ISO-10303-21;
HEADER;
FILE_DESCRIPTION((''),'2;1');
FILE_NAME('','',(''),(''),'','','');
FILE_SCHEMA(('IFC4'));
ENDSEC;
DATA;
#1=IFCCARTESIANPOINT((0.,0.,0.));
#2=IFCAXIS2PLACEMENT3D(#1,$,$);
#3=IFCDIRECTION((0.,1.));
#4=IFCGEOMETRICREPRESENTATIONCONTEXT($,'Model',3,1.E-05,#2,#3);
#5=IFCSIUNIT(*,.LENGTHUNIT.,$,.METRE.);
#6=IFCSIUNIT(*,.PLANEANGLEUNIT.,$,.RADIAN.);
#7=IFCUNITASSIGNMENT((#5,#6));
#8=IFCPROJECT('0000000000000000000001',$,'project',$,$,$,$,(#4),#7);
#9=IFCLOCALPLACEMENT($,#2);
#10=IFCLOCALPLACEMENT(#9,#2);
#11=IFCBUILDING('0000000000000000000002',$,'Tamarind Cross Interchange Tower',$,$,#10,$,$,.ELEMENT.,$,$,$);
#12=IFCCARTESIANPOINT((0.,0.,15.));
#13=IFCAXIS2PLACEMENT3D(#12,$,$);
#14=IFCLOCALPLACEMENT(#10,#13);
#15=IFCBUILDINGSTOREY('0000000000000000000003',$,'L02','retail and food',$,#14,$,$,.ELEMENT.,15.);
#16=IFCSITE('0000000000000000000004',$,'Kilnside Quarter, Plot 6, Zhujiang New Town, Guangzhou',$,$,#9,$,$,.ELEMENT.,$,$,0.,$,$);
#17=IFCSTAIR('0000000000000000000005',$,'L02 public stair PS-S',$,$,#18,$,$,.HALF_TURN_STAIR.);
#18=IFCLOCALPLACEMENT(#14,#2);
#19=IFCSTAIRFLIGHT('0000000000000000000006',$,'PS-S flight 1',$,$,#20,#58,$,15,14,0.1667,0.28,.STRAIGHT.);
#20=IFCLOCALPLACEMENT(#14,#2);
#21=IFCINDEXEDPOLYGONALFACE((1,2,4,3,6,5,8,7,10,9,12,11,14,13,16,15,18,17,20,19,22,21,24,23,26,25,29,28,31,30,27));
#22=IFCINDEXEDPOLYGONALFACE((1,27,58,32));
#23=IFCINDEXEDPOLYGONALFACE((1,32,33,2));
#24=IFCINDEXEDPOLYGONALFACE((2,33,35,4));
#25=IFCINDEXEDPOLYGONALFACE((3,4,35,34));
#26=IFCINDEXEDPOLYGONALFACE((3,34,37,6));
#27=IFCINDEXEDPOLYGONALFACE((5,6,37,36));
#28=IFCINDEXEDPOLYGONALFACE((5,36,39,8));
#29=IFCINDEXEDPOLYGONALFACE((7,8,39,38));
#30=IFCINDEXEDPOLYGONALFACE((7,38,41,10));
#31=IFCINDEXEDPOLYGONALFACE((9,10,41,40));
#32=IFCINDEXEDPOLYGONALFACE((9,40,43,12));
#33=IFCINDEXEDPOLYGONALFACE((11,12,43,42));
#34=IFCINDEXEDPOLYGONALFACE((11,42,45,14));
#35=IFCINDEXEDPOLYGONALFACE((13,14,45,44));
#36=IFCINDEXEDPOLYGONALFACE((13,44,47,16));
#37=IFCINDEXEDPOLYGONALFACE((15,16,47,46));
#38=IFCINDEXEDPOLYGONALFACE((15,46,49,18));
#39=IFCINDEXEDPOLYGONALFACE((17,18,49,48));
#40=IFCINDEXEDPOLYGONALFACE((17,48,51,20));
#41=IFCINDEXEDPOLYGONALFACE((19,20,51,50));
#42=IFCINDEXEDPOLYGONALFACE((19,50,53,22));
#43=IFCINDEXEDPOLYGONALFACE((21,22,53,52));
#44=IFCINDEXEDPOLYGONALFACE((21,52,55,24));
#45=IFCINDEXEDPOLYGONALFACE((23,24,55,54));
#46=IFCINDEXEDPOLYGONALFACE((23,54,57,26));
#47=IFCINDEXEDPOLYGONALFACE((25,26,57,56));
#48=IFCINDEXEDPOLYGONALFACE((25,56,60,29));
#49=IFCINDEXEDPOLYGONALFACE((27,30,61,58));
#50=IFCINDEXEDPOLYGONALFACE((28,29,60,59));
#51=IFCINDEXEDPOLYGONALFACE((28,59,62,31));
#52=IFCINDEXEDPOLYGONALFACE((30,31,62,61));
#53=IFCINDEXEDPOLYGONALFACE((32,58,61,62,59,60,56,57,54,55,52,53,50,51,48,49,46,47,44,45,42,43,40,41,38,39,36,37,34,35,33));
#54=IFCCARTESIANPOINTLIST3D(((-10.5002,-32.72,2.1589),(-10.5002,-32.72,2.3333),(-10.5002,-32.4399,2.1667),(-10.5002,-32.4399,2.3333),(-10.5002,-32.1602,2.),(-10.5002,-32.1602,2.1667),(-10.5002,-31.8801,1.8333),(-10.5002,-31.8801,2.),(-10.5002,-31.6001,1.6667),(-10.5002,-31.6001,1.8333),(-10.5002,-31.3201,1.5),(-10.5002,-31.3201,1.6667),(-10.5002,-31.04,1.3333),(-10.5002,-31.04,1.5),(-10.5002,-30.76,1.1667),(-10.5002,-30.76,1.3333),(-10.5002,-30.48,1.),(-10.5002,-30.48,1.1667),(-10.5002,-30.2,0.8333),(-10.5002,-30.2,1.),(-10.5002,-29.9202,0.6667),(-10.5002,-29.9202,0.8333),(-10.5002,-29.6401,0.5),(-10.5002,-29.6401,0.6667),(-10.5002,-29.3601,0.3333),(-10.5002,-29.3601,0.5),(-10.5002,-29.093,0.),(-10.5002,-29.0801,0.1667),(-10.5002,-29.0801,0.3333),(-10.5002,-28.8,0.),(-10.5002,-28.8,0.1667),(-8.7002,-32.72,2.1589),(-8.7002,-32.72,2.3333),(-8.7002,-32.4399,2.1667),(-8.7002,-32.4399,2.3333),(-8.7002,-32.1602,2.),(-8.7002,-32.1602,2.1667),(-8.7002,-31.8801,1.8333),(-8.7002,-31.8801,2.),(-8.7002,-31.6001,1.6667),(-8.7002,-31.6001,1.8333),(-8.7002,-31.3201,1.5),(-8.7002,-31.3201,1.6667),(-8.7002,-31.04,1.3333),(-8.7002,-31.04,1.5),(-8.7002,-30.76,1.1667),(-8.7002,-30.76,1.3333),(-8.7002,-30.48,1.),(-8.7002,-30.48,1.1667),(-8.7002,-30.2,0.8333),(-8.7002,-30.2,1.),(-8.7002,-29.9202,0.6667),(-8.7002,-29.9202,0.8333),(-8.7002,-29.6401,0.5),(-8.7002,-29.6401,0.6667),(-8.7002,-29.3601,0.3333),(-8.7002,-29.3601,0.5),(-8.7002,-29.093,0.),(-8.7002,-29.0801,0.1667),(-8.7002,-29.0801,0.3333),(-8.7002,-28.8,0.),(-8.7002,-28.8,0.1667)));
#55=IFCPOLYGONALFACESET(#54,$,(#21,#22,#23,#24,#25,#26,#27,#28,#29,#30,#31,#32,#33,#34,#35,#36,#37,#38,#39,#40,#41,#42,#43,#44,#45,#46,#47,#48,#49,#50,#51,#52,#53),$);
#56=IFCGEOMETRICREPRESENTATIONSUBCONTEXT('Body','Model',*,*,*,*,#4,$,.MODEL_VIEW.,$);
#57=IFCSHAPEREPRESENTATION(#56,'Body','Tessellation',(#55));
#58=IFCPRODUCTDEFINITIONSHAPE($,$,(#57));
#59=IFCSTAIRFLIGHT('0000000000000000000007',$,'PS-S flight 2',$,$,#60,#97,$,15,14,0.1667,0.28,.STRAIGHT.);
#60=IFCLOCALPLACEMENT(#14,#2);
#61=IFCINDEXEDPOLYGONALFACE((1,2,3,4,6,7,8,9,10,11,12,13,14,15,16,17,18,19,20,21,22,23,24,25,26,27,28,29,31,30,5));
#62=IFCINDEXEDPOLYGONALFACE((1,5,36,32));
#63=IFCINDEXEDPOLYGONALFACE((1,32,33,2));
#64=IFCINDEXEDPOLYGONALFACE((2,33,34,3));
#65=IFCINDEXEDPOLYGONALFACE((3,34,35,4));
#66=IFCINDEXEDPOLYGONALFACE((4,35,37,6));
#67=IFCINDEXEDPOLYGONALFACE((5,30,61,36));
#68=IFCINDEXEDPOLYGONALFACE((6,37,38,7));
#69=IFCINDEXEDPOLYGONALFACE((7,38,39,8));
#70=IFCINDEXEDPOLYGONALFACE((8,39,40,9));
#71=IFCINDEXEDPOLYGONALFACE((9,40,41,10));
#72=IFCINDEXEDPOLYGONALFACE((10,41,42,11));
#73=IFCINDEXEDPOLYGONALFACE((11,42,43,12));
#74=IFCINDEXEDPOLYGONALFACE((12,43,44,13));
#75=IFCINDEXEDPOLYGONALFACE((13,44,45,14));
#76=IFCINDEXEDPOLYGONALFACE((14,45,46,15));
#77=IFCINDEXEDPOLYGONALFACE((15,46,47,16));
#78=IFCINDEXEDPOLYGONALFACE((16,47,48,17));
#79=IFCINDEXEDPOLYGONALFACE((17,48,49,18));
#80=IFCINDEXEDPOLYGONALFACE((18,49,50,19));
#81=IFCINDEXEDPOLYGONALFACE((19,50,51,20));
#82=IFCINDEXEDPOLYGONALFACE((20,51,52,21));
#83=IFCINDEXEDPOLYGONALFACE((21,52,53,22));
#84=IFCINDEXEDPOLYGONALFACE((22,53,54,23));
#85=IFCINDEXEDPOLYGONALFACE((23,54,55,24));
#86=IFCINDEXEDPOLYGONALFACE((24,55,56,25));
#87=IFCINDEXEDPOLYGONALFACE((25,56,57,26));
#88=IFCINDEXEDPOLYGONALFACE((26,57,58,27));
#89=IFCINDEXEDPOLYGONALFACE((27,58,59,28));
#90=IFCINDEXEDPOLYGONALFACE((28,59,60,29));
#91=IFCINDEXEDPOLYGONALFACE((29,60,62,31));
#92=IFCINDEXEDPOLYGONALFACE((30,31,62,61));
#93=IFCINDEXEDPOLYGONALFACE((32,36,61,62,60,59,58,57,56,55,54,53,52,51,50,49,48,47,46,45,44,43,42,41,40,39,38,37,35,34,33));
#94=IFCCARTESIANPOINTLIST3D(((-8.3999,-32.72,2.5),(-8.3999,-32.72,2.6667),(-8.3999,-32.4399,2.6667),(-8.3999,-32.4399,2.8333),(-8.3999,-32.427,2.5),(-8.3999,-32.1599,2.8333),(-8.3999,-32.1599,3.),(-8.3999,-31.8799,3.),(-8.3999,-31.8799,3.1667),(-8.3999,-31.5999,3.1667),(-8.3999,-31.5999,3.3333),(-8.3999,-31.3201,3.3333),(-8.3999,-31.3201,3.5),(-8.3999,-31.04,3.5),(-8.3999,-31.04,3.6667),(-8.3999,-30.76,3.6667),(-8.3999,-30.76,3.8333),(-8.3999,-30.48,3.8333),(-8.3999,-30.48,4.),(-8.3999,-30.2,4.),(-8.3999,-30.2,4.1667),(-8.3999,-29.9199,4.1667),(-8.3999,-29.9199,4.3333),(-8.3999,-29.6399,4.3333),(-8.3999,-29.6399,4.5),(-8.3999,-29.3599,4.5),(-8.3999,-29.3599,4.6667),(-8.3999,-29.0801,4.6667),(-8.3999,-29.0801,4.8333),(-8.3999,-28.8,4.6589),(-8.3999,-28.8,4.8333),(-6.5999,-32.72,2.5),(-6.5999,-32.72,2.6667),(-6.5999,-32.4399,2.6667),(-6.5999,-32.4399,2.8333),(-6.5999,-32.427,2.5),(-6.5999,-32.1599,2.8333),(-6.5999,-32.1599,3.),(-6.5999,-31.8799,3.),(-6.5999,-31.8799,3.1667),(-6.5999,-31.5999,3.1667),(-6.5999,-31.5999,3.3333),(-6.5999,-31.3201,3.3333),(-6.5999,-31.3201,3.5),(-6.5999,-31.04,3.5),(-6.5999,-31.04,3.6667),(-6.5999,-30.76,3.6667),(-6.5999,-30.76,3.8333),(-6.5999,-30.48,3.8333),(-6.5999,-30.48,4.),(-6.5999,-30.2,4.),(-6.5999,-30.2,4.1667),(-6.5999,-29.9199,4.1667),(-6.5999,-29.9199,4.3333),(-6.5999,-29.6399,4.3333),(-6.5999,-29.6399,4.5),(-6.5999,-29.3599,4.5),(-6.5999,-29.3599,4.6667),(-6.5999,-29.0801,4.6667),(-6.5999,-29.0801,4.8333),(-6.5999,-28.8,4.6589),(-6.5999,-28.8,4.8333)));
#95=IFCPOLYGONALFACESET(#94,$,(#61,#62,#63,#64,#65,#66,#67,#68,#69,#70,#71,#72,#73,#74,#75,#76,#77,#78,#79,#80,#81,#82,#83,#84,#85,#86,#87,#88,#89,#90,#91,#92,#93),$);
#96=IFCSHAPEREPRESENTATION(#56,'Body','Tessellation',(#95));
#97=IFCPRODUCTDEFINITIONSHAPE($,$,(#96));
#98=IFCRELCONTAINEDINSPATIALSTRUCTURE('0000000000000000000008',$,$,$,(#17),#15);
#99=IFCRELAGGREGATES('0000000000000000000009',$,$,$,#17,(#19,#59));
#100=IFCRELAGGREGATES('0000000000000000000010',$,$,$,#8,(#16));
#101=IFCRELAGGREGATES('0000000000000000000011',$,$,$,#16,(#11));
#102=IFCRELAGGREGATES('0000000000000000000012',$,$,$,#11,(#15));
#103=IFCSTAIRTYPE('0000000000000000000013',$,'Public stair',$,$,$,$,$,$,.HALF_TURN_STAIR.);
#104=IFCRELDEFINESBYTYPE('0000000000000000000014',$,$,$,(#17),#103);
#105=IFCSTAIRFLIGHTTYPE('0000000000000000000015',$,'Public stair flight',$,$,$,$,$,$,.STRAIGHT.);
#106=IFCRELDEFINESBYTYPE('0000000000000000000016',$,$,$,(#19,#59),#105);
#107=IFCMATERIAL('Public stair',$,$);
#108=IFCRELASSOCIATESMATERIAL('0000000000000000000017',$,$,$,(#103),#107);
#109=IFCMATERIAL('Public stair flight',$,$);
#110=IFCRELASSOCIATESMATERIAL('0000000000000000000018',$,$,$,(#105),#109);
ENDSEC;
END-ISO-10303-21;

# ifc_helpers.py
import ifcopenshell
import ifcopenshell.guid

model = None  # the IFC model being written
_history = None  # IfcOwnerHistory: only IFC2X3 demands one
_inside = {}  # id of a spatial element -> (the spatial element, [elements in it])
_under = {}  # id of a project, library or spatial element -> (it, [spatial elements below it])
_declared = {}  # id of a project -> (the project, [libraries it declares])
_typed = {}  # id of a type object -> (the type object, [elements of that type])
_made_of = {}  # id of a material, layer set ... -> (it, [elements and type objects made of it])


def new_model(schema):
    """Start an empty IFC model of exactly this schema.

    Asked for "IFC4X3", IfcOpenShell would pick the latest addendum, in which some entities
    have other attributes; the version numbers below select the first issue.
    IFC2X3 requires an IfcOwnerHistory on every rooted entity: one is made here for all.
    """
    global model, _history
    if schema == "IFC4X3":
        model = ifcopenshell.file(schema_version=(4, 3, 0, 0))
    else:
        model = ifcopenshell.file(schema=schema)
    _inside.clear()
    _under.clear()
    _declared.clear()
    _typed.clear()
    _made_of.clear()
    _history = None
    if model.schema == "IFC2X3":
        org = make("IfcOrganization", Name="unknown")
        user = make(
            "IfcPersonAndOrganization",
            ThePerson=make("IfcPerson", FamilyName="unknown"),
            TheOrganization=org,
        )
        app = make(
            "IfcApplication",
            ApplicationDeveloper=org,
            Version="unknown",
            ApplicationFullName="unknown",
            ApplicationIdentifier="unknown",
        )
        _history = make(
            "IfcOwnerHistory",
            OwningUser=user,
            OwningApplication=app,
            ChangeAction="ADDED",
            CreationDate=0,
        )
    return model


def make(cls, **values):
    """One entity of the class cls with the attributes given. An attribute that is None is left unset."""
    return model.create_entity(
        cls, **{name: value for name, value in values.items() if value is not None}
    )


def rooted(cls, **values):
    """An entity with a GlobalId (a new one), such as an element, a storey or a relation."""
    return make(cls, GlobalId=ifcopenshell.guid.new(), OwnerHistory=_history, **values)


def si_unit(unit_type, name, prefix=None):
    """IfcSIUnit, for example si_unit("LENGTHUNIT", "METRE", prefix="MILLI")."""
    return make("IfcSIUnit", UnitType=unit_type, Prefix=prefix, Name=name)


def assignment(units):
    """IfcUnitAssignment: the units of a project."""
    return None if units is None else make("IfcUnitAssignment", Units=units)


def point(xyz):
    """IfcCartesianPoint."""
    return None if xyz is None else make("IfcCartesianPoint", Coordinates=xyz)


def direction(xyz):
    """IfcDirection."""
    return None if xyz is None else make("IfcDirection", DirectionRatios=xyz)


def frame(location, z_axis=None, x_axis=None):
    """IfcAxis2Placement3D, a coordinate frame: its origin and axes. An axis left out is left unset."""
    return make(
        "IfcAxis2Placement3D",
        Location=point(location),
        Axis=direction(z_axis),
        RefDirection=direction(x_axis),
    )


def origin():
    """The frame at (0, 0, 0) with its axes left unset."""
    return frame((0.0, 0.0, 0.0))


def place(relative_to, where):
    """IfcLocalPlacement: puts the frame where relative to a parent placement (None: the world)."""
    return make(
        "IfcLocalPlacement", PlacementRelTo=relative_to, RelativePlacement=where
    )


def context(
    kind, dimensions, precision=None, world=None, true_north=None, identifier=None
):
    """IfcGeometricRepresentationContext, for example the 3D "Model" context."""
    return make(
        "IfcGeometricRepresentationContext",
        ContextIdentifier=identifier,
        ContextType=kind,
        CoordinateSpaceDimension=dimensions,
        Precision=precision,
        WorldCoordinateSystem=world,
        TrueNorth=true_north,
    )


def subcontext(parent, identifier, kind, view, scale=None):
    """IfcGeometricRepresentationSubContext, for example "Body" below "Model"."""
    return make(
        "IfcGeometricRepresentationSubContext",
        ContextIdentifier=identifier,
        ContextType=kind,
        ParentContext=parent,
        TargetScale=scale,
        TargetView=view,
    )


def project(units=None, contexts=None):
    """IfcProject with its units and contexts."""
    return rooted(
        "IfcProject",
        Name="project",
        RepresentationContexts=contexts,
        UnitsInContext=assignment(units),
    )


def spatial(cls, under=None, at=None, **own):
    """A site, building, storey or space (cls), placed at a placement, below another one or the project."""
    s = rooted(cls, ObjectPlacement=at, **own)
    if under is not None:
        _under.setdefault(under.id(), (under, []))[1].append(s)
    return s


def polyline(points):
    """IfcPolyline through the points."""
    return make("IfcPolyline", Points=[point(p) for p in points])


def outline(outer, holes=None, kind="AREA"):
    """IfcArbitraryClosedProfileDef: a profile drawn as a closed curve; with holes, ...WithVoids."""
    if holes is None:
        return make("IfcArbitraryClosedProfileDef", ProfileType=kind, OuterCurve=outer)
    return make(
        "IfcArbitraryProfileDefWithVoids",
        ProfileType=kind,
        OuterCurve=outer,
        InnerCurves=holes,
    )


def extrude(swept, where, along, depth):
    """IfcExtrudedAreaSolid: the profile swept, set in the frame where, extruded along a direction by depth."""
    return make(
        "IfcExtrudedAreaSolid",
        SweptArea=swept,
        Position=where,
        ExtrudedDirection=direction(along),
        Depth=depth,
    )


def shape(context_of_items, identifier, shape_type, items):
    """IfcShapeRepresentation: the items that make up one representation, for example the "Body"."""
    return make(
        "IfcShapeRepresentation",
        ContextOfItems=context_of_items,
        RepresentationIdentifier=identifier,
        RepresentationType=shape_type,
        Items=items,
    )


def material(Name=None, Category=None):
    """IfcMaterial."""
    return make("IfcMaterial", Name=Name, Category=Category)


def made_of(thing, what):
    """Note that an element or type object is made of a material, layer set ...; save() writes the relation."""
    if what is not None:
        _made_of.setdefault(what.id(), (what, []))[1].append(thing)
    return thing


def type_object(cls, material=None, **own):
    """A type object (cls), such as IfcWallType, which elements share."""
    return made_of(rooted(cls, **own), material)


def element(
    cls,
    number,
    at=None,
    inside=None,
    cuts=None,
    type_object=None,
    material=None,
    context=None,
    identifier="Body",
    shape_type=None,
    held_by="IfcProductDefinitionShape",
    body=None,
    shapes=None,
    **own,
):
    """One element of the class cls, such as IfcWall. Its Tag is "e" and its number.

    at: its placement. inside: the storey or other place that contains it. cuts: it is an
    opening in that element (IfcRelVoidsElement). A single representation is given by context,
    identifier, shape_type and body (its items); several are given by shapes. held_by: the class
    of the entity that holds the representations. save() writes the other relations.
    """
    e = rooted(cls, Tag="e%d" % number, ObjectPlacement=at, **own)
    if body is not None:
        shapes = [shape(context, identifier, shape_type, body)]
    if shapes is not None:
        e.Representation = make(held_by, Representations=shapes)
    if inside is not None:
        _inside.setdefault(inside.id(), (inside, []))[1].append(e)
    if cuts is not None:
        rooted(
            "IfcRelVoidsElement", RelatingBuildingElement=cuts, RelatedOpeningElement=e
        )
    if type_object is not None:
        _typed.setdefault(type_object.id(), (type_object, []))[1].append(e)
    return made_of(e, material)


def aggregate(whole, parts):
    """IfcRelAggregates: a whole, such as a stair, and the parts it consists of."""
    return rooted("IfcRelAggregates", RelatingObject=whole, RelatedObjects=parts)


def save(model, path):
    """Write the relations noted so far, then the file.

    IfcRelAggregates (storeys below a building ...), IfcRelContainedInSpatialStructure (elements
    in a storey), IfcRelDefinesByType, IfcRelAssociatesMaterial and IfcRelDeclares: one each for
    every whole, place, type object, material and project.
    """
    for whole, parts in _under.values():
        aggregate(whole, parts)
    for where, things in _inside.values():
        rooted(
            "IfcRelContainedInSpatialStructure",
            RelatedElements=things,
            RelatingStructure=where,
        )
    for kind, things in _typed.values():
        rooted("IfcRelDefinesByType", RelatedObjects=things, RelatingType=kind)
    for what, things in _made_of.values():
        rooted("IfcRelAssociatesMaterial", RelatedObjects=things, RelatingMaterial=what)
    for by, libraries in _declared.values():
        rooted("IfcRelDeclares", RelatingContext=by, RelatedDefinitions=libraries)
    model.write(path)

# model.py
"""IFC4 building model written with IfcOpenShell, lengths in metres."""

from ifc_helpers import new_model, si_unit, direction, frame, origin, place, context, subcontext, project, spatial, polyline, outline, extrude, material, type_object, element, aggregate, save


model = new_model("IFC4")

# Units and contexts
model_context = context("Model", 3, precision=1e-05, world=origin(), true_north=direction((0.0, 1.0)))
body_context = subcontext(model_context, "Body", "Model", "MODEL_VIEW")
ifc_project = project(units=[si_unit("LENGTHUNIT", "METRE"), si_unit("PLANEANGLEUNIT", "RADIAN")], contexts=[model_context])

# Site, building, storey
site_placement = place(None, origin())
site = spatial("IfcSite", under=ifc_project, at=site_placement, Name="Kilnside Quarter, Plot 6, Zhujiang New Town, Guangzhou", CompositionType="ELEMENT", RefElevation=0.0)
building_placement = place(site_placement, origin())
building = spatial("IfcBuilding", under=site, at=building_placement, Name="Tamarind Cross Interchange Tower", CompositionType="ELEMENT")
storey_placement = place(building_placement, frame((0.0, 0.0, 15.0)))
storey = spatial("IfcBuildingStorey", under=building, at=storey_placement, Name="L02", Description="retail and food", CompositionType="ELEMENT", Elevation=15.0)

# Stair, stair flights
ifc_material_1 = material(Name="Public stair")
stair_type_1 = type_object("IfcStairType", Name="Public stair", PredefinedType="HALF_TURN_STAIR", material=ifc_material_1)
stair_1_placement = place(storey_placement, origin())
stair_1 = element("IfcStair", 1, at=stair_1_placement, inside=storey, type_object=stair_type_1, Name="L02 public stair PS-S", PredefinedType="HALF_TURN_STAIR")
ifc_material_2 = material(Name="Public stair flight")
stair_flight_type_1 = type_object("IfcStairFlightType", Name="Public stair flight", PredefinedType="STRAIGHT", material=ifc_material_2)
stair_flight_1_placement = place(storey_placement, frame((-9.6001, -28.8, 0.0), z_axis=(0.0, 0.0, 1.0), x_axis=(0.0, -1.0, 0.0)))
stair_flight_1 = element("IfcStairFlight", 2, at=stair_flight_1_placement, type_object=stair_flight_type_1, Name="PS-S flight 1", NumberOfRisers=15, NumberOfTreads=14, PredefinedType="STRAIGHT", RiserHeight=0.1667, TreadLength=0.28, context=body_context, shape_type="SweptSolid", body=[
    extrude(outline(polyline([(0.0, 0.0), (0.0, 0.1667), (0.28, 0.1667), (0.28, 0.3333), (0.5601, 0.3333), (0.5601, 0.5), (0.8401, 0.5), (0.8401, 0.6667), (1.1201, 0.6667), (1.1201, 0.8333), (1.3999, 0.8333), (1.3999, 1.0), (1.6799, 1.0), (1.6799, 1.1667), (1.96, 1.1667), (1.96, 1.3333), (2.24, 1.3333), (2.24, 1.5), (2.52, 1.5), (2.52, 1.6667), (2.8, 1.6667), (2.8, 1.8333), (3.0801, 1.8333), (3.0801, 2.0), (3.3601, 2.0), (3.3601, 2.1667), (3.6399, 2.1667), (3.6399, 2.3333), (3.9199, 2.3333), (3.9199, 2.5), (3.9199, 2.1589), (0.293, 0.0), (0.0, 0.0)])), frame((0.0, 0.8999, 0.0), z_axis=(0.0, -1.0, 0.0), x_axis=(1.0, 0.0, 0.0)), (0.0, 0.0, 1.0), 1.8),
])
stair_flight_2_placement = place(storey_placement, frame((-7.5, -32.72, 2.5), z_axis=(0.0, 0.0, 1.0), x_axis=(0.0, 1.0, 0.0)))
stair_flight_2 = element("IfcStairFlight", 3, at=stair_flight_2_placement, type_object=stair_flight_type_1, Name="PS-S flight 2", NumberOfRisers=15, NumberOfTreads=14, PredefinedType="STRAIGHT", RiserHeight=0.1667, TreadLength=0.28, context=body_context, shape_type="SweptSolid", body=[
    extrude(outline(polyline([(0.0, 0.0), (0.0, 0.1667), (0.28, 0.1667), (0.28, 0.3333), (0.5601, 0.3333), (0.5601, 0.5), (0.8401, 0.5), (0.8401, 0.6667), (1.1201, 0.6667), (1.1201, 0.8333), (1.3999, 0.8333), (1.3999, 1.0), (1.6799, 1.0), (1.6799, 1.1667), (1.96, 1.1667), (1.96, 1.3333), (2.24, 1.3333), (2.24, 1.5), (2.52, 1.5), (2.52, 1.6667), (2.8, 1.6667), (2.8, 1.8333), (3.0801, 1.8333), (3.0801, 2.0), (3.3601, 2.0), (3.3601, 2.1667), (3.6399, 2.1667), (3.6399, 2.3333), (3.9199, 2.3333), (3.9199, 2.5), (3.9199, 2.1589), (0.293, 0.0), (0.0, 0.0)])), frame((0.0, 0.8999, 0.0), z_axis=(0.0, -1.0, 0.0), x_axis=(1.0, 0.0, 0.0)), (0.0, 0.0, 1.0), 1.8),
])
aggregate(stair_1, [stair_flight_1, stair_flight_2])

save(model, "model.ifc")
